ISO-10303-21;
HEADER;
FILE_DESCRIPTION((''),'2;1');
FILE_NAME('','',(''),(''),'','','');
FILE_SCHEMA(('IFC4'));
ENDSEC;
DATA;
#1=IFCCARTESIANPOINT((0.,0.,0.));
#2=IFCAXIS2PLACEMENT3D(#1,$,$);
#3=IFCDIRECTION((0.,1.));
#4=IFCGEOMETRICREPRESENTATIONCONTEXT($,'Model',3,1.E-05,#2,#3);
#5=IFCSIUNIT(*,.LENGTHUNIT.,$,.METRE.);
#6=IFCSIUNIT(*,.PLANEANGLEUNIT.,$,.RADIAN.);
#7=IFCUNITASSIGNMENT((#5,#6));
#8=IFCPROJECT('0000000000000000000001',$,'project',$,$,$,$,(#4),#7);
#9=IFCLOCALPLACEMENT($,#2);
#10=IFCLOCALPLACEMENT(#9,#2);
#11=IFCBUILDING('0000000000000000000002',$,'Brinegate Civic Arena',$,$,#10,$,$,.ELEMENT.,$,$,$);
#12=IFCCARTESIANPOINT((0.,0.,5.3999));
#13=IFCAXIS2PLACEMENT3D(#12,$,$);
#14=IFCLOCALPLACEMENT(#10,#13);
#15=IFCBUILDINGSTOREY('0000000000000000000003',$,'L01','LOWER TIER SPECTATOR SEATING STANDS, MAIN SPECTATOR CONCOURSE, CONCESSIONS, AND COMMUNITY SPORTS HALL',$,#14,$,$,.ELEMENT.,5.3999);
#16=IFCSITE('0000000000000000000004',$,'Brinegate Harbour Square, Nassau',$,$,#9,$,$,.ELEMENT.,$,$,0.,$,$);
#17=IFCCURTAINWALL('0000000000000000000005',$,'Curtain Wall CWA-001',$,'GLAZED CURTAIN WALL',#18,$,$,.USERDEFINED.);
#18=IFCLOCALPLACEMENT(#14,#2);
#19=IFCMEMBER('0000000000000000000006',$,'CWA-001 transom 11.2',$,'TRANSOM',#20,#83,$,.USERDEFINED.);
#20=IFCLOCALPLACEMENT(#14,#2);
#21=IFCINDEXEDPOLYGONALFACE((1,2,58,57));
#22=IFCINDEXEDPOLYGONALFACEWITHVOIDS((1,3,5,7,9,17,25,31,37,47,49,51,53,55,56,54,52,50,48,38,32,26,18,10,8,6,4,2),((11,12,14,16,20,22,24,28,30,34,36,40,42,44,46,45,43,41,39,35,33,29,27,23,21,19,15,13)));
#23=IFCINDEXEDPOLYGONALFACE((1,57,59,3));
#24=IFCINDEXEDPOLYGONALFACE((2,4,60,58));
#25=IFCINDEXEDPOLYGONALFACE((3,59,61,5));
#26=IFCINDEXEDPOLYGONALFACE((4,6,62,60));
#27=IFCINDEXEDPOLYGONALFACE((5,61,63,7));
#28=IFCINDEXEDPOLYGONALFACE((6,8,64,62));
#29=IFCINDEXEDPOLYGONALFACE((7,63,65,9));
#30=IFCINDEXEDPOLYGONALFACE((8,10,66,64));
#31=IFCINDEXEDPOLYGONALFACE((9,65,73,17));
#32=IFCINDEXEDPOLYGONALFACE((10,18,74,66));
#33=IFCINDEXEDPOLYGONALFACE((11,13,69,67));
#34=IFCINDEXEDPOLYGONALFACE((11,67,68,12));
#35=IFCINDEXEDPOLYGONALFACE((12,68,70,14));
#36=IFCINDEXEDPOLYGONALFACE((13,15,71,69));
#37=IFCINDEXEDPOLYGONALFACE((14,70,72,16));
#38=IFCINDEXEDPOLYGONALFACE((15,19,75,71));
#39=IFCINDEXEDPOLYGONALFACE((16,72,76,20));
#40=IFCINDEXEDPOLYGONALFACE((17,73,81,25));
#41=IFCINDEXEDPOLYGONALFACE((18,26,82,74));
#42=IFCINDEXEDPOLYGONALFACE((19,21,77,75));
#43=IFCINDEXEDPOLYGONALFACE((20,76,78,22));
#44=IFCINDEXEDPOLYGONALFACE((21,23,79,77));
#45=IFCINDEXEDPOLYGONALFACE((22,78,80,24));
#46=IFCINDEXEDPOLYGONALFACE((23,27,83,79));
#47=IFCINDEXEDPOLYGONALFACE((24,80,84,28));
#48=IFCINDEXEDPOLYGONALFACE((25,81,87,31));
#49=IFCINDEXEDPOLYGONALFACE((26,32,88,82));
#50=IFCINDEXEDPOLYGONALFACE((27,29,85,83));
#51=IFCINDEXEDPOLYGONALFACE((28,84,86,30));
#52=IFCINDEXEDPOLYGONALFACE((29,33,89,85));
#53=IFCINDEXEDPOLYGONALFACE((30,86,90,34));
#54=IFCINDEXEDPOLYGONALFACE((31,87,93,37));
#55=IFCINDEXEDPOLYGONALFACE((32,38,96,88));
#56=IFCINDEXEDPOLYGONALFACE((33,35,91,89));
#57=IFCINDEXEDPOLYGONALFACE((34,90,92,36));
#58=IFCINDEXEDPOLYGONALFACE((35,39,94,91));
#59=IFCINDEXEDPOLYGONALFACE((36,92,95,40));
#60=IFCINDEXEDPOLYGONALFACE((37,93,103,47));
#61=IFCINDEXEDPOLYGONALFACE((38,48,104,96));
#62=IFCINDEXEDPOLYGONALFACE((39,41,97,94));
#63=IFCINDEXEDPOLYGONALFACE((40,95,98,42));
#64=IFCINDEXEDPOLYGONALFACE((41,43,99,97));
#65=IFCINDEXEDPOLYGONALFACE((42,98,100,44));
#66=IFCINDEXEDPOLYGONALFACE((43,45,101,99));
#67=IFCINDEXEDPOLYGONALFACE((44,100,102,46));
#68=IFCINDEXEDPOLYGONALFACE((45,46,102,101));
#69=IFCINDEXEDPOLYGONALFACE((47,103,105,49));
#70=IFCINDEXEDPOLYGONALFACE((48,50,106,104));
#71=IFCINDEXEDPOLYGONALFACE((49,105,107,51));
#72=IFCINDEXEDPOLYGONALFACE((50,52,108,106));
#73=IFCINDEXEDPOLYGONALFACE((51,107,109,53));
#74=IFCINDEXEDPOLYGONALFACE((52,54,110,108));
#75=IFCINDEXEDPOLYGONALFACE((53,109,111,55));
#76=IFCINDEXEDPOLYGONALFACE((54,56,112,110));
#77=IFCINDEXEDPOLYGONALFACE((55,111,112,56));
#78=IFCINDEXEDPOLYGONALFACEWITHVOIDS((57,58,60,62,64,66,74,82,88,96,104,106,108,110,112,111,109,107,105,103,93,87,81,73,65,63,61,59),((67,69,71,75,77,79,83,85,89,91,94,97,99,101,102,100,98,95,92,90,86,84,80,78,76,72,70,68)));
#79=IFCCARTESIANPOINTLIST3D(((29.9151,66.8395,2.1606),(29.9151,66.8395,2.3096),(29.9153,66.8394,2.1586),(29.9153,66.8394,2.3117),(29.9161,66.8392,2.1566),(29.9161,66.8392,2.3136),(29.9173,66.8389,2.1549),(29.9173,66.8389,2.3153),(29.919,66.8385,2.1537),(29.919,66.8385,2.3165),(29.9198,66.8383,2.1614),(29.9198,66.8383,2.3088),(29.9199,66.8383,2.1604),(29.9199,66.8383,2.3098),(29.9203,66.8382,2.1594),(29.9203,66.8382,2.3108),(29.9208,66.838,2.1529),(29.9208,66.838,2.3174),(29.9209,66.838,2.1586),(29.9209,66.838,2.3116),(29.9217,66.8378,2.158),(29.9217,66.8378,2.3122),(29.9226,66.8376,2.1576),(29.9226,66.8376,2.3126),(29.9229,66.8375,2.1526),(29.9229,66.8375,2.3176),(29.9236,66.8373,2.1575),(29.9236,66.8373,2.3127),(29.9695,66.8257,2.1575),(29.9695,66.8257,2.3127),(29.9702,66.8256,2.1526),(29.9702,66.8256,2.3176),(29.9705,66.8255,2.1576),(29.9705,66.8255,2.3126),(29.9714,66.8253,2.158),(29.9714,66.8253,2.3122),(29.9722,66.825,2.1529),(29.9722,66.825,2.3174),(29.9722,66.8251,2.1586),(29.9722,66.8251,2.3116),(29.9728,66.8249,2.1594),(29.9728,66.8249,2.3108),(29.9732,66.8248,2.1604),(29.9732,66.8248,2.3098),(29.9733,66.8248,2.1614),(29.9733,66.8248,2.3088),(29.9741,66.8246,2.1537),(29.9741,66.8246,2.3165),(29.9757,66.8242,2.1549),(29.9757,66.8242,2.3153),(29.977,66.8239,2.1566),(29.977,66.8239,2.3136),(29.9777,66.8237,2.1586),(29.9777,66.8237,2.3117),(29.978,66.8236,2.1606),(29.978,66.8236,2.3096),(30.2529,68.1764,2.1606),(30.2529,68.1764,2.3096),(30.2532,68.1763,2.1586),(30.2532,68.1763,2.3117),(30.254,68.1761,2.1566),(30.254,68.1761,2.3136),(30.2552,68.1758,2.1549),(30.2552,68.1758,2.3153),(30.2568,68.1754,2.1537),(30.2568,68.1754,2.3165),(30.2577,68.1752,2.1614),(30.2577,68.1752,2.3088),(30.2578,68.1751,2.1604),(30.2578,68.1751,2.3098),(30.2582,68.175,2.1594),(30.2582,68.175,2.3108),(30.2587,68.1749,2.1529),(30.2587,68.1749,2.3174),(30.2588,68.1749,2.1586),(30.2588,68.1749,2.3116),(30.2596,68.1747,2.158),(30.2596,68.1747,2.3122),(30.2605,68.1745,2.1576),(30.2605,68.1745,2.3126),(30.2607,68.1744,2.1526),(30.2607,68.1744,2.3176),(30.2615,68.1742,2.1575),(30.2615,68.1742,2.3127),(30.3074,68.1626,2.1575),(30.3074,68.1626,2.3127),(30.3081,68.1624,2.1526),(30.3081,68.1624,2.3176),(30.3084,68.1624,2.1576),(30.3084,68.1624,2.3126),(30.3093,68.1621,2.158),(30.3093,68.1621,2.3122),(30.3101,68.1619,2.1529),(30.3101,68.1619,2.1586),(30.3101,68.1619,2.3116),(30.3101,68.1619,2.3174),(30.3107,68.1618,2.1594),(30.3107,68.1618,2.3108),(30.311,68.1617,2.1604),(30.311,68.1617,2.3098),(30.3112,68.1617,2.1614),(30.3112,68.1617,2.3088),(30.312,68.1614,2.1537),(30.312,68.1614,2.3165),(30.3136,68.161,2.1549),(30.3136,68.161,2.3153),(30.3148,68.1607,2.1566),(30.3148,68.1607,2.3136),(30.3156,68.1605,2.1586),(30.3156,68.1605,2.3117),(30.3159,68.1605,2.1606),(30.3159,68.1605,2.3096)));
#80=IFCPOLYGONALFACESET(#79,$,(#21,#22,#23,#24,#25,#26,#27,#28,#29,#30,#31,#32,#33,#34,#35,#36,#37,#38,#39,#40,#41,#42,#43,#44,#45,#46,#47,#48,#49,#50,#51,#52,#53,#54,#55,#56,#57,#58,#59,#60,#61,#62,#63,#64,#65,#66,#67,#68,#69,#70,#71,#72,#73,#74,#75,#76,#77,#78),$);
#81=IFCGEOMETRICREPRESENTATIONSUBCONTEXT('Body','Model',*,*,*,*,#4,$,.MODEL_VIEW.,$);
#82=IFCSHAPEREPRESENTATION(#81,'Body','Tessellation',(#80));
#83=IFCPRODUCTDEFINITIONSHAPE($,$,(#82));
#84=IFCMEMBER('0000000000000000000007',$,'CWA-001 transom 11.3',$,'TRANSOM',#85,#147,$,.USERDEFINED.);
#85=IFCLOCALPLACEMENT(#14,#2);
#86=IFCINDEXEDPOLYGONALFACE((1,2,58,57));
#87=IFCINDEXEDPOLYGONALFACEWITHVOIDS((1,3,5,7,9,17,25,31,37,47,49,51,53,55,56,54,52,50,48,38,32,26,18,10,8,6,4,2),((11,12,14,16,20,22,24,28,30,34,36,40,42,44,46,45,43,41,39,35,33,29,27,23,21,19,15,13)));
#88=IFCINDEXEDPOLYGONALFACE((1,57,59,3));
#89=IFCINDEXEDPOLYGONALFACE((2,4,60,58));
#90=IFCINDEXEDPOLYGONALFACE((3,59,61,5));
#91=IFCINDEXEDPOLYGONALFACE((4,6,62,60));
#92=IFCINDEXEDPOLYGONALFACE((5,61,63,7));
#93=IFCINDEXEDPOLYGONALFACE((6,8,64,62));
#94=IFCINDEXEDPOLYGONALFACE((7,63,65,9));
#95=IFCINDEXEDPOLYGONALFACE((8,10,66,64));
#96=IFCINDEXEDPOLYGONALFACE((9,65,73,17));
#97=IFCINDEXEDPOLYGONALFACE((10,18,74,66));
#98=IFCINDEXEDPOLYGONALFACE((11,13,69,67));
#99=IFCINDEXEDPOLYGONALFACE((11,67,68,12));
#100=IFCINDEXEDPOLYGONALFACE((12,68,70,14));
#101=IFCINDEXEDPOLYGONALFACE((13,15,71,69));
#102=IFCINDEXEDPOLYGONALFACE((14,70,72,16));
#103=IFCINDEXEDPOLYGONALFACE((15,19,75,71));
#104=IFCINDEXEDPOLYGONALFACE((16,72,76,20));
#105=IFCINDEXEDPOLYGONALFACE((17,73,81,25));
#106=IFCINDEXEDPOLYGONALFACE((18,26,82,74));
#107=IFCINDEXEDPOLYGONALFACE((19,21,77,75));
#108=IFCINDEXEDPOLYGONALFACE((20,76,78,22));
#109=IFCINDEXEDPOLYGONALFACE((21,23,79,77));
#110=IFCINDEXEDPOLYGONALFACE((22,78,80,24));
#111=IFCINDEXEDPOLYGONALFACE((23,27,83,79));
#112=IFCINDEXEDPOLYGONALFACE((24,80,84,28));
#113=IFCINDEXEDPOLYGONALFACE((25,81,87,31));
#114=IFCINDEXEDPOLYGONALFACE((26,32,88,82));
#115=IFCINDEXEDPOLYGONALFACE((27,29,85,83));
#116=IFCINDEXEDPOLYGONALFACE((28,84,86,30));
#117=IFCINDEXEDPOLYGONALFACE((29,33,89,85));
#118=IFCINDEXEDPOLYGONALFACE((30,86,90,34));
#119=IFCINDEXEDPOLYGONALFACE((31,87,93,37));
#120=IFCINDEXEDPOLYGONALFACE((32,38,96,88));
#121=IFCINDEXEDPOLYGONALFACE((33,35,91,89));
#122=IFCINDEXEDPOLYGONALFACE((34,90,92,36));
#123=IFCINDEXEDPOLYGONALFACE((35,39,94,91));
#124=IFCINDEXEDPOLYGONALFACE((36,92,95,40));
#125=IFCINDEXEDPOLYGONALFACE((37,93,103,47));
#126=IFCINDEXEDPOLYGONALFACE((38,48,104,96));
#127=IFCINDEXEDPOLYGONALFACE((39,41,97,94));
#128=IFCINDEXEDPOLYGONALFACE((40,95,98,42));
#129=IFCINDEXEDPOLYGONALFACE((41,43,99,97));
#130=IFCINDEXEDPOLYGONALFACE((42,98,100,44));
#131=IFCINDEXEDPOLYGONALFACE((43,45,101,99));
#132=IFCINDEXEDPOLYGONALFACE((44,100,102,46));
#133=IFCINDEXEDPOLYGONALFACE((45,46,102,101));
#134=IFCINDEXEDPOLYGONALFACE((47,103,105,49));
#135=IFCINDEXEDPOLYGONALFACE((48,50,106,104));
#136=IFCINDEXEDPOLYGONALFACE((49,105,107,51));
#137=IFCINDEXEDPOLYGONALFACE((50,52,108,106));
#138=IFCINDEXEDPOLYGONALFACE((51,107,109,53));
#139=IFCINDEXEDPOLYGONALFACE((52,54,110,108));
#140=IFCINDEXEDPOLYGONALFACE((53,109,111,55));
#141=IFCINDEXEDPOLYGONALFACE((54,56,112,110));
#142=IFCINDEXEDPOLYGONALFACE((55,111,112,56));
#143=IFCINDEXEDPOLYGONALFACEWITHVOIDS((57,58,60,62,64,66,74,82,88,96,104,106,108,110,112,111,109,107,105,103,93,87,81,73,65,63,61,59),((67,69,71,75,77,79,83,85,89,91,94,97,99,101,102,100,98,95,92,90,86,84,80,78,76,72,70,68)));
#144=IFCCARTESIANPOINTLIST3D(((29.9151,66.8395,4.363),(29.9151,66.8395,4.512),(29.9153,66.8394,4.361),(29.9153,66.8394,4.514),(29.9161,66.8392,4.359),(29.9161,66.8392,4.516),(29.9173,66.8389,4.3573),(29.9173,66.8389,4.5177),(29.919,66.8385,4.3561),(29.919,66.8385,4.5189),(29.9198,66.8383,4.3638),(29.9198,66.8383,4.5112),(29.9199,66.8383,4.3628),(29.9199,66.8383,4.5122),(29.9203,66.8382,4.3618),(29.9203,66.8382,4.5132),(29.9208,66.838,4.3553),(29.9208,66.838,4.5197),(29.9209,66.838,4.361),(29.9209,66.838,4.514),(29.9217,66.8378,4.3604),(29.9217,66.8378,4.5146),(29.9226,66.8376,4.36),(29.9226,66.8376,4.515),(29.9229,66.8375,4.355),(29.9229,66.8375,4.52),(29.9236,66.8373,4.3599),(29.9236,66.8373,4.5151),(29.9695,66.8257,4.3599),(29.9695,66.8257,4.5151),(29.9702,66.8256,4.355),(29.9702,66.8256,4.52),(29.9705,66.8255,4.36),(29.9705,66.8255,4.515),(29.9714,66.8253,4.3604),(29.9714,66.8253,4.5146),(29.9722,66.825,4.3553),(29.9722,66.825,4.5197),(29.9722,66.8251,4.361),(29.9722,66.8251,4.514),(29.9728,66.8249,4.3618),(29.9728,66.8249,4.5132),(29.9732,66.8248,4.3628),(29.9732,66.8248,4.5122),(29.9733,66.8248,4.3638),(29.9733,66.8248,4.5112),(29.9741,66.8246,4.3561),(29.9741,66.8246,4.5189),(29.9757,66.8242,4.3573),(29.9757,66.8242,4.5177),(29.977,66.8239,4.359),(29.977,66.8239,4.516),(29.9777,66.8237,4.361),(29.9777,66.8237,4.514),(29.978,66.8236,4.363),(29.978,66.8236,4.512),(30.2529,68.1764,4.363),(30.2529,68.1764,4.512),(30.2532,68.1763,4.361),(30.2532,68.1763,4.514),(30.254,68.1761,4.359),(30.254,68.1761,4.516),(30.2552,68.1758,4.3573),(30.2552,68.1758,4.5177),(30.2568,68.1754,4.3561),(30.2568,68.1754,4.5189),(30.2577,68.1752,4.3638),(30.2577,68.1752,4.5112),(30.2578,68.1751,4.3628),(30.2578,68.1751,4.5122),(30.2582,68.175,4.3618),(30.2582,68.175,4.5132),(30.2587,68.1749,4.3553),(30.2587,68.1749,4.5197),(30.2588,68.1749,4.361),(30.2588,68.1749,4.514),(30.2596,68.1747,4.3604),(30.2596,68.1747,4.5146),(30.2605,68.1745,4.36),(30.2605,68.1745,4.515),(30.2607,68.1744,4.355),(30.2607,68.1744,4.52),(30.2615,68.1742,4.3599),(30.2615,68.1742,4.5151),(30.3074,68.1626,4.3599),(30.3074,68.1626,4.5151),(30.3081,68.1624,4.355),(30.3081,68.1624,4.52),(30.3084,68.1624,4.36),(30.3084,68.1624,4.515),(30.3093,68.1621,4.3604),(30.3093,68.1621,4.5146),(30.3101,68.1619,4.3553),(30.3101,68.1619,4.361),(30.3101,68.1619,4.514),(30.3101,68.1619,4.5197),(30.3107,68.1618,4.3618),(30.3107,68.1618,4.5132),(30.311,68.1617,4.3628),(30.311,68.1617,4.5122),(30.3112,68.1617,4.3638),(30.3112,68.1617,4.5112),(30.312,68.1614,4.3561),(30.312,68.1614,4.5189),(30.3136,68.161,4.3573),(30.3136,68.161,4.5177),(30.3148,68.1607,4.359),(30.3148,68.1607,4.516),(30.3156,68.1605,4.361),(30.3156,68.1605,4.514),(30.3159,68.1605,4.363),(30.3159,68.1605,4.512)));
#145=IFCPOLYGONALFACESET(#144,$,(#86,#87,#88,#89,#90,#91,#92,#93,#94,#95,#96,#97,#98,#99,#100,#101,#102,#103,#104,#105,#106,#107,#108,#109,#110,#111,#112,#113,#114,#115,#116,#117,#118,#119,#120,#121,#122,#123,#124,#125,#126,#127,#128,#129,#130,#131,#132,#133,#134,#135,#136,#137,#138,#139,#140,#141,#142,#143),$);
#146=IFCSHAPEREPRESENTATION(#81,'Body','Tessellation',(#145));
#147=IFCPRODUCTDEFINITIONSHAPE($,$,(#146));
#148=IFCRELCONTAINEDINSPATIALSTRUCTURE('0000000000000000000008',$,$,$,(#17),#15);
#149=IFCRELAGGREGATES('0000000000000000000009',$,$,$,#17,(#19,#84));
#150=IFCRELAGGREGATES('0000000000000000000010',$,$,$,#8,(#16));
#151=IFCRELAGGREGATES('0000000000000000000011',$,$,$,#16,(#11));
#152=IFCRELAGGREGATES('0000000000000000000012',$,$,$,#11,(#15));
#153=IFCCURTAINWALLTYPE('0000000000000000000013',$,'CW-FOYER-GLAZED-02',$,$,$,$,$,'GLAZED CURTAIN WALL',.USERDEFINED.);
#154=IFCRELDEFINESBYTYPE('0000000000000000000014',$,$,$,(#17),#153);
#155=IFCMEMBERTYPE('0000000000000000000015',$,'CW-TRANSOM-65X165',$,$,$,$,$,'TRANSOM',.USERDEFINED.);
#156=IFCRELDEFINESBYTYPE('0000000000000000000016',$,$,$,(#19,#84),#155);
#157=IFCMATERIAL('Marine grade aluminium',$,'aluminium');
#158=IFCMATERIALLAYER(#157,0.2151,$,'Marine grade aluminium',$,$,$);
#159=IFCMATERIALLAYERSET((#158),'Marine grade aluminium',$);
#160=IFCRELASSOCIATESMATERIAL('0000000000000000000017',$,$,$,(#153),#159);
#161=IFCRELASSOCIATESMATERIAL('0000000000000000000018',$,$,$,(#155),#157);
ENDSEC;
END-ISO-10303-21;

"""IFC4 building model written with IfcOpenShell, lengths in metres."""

from ifc_helpers import new_model, si_unit, direction, frame, origin, origin_2d, place, context, subcontext, project, spatial, hollow_rectangle, extrude, material, layer, layer_set, material_profile, profile_set, type_object, element, aggregate, save


model = new_model("IFC4")

# Units and contexts
model_context = context("Model", 3, precision=1e-05, world=origin(), true_north=direction((0.0, 1.0)))
body_context = subcontext(model_context, "Body", "Model", "MODEL_VIEW")
ifc_project = project(units=[si_unit("LENGTHUNIT", "METRE"), si_unit("PLANEANGLEUNIT", "RADIAN")], contexts=[model_context])

# Site, building, storey
site_placement = place(None, origin())
site = spatial("IfcSite", under=ifc_project, at=site_placement, Name="Brinegate Harbour Square, Nassau", CompositionType="ELEMENT", RefElevation=0.0)
building_placement = place(site_placement, origin())
building = spatial("IfcBuilding", under=site, at=building_placement, Name="Brinegate Civic Arena", CompositionType="ELEMENT")
storey_placement = place(building_placement, frame((0.0, 0.0, 5.3999)))
storey = spatial("IfcBuildingStorey", under=building, at=storey_placement, Name="L01", Description="LOWER TIER SPECTATOR SEATING STANDS, MAIN SPECTATOR CONCOURSE, CONCESSIONS, AND COMMUNITY SPORTS HALL", CompositionType="ELEMENT", Elevation=5.3999)

# Curtain wall, members
ifc_material_1 = material(Name="Marine grade aluminium", Category="aluminium")
ifc_layer_1 = layer(ifc_material_1, 0.2151, Name="Marine grade aluminium")
ifc_layer_set_1 = layer_set([ifc_layer_1], Name="Marine grade aluminium")
curtain_wall_type = type_object("IfcCurtainWallType", Name="CW-FOYER-GLAZED-02", ElementType="GLAZED CURTAIN WALL", PredefinedType="USERDEFINED", material=ifc_layer_set_1)
curtain_wall_placement = place(storey_placement, origin())
curtain_wall = element("IfcCurtainWall", 1, at=curtain_wall_placement, inside=storey, type_object=curtain_wall_type, Name="Curtain Wall CWA-001", ObjectType="GLAZED CURTAIN WALL", PredefinedType="USERDEFINED")
ifc_material_profile_1 = material_profile(ifc_material_1, hollow_rectangle(XDim=0.0649, YDim=0.165, WallThickness=0.0049, InnerFilletRadius=0.0039, OuterFilletRadius=0.0081, at=origin_2d()), Name="TRN65X165")
ifc_profile_set_1 = profile_set([ifc_material_profile_1], Name="Marine grade aluminium")
member_type_1 = type_object("IfcMemberType", Name="CW-TRANSOM-65X165", ElementType="TRANSOM", PredefinedType="USERDEFINED", material=ifc_profile_set_1)
member_1_placement = place(storey_placement, frame((29.9465, 66.8315, 2.2351), z_axis=(0.245034, 0.969514, 0.0), x_axis=(-0.969514, 0.245034, 0.0)))
member_1 = element("IfcMember", 2, at=member_1_placement, type_object=member_type_1, Name="CWA-001 transom 11.2", ObjectType="TRANSOM", PredefinedType="USERDEFINED", context=body_context, shape_type="SweptSolid", body=[
    extrude(hollow_rectangle(XDim=0.0649, YDim=0.165, WallThickness=0.0049, InnerFilletRadius=0.0039, OuterFilletRadius=0.0081, at=origin_2d()), origin(), (0.0, 0.0, 1.0), 1.3789),
])
member_2_placement = place(storey_placement, frame((29.9465, 66.8315, 4.4375), z_axis=(0.245034, 0.969514, 0.0), x_axis=(-0.969514, 0.245034, 0.0)))
member_2 = element("IfcMember", 3, at=member_2_placement, type_object=member_type_1, Name="CWA-001 transom 11.3", ObjectType="TRANSOM", PredefinedType="USERDEFINED", context=body_context, shape_type="SweptSolid", body=[
    extrude(hollow_rectangle(XDim=0.0649, YDim=0.165, WallThickness=0.0049, InnerFilletRadius=0.0039, OuterFilletRadius=0.0081, at=origin_2d()), origin(), (0.0, 0.0, 1.0), 1.3789),
])
aggregate(curtain_wall, [member_1, member_2])

save(model, "model.ifc")
